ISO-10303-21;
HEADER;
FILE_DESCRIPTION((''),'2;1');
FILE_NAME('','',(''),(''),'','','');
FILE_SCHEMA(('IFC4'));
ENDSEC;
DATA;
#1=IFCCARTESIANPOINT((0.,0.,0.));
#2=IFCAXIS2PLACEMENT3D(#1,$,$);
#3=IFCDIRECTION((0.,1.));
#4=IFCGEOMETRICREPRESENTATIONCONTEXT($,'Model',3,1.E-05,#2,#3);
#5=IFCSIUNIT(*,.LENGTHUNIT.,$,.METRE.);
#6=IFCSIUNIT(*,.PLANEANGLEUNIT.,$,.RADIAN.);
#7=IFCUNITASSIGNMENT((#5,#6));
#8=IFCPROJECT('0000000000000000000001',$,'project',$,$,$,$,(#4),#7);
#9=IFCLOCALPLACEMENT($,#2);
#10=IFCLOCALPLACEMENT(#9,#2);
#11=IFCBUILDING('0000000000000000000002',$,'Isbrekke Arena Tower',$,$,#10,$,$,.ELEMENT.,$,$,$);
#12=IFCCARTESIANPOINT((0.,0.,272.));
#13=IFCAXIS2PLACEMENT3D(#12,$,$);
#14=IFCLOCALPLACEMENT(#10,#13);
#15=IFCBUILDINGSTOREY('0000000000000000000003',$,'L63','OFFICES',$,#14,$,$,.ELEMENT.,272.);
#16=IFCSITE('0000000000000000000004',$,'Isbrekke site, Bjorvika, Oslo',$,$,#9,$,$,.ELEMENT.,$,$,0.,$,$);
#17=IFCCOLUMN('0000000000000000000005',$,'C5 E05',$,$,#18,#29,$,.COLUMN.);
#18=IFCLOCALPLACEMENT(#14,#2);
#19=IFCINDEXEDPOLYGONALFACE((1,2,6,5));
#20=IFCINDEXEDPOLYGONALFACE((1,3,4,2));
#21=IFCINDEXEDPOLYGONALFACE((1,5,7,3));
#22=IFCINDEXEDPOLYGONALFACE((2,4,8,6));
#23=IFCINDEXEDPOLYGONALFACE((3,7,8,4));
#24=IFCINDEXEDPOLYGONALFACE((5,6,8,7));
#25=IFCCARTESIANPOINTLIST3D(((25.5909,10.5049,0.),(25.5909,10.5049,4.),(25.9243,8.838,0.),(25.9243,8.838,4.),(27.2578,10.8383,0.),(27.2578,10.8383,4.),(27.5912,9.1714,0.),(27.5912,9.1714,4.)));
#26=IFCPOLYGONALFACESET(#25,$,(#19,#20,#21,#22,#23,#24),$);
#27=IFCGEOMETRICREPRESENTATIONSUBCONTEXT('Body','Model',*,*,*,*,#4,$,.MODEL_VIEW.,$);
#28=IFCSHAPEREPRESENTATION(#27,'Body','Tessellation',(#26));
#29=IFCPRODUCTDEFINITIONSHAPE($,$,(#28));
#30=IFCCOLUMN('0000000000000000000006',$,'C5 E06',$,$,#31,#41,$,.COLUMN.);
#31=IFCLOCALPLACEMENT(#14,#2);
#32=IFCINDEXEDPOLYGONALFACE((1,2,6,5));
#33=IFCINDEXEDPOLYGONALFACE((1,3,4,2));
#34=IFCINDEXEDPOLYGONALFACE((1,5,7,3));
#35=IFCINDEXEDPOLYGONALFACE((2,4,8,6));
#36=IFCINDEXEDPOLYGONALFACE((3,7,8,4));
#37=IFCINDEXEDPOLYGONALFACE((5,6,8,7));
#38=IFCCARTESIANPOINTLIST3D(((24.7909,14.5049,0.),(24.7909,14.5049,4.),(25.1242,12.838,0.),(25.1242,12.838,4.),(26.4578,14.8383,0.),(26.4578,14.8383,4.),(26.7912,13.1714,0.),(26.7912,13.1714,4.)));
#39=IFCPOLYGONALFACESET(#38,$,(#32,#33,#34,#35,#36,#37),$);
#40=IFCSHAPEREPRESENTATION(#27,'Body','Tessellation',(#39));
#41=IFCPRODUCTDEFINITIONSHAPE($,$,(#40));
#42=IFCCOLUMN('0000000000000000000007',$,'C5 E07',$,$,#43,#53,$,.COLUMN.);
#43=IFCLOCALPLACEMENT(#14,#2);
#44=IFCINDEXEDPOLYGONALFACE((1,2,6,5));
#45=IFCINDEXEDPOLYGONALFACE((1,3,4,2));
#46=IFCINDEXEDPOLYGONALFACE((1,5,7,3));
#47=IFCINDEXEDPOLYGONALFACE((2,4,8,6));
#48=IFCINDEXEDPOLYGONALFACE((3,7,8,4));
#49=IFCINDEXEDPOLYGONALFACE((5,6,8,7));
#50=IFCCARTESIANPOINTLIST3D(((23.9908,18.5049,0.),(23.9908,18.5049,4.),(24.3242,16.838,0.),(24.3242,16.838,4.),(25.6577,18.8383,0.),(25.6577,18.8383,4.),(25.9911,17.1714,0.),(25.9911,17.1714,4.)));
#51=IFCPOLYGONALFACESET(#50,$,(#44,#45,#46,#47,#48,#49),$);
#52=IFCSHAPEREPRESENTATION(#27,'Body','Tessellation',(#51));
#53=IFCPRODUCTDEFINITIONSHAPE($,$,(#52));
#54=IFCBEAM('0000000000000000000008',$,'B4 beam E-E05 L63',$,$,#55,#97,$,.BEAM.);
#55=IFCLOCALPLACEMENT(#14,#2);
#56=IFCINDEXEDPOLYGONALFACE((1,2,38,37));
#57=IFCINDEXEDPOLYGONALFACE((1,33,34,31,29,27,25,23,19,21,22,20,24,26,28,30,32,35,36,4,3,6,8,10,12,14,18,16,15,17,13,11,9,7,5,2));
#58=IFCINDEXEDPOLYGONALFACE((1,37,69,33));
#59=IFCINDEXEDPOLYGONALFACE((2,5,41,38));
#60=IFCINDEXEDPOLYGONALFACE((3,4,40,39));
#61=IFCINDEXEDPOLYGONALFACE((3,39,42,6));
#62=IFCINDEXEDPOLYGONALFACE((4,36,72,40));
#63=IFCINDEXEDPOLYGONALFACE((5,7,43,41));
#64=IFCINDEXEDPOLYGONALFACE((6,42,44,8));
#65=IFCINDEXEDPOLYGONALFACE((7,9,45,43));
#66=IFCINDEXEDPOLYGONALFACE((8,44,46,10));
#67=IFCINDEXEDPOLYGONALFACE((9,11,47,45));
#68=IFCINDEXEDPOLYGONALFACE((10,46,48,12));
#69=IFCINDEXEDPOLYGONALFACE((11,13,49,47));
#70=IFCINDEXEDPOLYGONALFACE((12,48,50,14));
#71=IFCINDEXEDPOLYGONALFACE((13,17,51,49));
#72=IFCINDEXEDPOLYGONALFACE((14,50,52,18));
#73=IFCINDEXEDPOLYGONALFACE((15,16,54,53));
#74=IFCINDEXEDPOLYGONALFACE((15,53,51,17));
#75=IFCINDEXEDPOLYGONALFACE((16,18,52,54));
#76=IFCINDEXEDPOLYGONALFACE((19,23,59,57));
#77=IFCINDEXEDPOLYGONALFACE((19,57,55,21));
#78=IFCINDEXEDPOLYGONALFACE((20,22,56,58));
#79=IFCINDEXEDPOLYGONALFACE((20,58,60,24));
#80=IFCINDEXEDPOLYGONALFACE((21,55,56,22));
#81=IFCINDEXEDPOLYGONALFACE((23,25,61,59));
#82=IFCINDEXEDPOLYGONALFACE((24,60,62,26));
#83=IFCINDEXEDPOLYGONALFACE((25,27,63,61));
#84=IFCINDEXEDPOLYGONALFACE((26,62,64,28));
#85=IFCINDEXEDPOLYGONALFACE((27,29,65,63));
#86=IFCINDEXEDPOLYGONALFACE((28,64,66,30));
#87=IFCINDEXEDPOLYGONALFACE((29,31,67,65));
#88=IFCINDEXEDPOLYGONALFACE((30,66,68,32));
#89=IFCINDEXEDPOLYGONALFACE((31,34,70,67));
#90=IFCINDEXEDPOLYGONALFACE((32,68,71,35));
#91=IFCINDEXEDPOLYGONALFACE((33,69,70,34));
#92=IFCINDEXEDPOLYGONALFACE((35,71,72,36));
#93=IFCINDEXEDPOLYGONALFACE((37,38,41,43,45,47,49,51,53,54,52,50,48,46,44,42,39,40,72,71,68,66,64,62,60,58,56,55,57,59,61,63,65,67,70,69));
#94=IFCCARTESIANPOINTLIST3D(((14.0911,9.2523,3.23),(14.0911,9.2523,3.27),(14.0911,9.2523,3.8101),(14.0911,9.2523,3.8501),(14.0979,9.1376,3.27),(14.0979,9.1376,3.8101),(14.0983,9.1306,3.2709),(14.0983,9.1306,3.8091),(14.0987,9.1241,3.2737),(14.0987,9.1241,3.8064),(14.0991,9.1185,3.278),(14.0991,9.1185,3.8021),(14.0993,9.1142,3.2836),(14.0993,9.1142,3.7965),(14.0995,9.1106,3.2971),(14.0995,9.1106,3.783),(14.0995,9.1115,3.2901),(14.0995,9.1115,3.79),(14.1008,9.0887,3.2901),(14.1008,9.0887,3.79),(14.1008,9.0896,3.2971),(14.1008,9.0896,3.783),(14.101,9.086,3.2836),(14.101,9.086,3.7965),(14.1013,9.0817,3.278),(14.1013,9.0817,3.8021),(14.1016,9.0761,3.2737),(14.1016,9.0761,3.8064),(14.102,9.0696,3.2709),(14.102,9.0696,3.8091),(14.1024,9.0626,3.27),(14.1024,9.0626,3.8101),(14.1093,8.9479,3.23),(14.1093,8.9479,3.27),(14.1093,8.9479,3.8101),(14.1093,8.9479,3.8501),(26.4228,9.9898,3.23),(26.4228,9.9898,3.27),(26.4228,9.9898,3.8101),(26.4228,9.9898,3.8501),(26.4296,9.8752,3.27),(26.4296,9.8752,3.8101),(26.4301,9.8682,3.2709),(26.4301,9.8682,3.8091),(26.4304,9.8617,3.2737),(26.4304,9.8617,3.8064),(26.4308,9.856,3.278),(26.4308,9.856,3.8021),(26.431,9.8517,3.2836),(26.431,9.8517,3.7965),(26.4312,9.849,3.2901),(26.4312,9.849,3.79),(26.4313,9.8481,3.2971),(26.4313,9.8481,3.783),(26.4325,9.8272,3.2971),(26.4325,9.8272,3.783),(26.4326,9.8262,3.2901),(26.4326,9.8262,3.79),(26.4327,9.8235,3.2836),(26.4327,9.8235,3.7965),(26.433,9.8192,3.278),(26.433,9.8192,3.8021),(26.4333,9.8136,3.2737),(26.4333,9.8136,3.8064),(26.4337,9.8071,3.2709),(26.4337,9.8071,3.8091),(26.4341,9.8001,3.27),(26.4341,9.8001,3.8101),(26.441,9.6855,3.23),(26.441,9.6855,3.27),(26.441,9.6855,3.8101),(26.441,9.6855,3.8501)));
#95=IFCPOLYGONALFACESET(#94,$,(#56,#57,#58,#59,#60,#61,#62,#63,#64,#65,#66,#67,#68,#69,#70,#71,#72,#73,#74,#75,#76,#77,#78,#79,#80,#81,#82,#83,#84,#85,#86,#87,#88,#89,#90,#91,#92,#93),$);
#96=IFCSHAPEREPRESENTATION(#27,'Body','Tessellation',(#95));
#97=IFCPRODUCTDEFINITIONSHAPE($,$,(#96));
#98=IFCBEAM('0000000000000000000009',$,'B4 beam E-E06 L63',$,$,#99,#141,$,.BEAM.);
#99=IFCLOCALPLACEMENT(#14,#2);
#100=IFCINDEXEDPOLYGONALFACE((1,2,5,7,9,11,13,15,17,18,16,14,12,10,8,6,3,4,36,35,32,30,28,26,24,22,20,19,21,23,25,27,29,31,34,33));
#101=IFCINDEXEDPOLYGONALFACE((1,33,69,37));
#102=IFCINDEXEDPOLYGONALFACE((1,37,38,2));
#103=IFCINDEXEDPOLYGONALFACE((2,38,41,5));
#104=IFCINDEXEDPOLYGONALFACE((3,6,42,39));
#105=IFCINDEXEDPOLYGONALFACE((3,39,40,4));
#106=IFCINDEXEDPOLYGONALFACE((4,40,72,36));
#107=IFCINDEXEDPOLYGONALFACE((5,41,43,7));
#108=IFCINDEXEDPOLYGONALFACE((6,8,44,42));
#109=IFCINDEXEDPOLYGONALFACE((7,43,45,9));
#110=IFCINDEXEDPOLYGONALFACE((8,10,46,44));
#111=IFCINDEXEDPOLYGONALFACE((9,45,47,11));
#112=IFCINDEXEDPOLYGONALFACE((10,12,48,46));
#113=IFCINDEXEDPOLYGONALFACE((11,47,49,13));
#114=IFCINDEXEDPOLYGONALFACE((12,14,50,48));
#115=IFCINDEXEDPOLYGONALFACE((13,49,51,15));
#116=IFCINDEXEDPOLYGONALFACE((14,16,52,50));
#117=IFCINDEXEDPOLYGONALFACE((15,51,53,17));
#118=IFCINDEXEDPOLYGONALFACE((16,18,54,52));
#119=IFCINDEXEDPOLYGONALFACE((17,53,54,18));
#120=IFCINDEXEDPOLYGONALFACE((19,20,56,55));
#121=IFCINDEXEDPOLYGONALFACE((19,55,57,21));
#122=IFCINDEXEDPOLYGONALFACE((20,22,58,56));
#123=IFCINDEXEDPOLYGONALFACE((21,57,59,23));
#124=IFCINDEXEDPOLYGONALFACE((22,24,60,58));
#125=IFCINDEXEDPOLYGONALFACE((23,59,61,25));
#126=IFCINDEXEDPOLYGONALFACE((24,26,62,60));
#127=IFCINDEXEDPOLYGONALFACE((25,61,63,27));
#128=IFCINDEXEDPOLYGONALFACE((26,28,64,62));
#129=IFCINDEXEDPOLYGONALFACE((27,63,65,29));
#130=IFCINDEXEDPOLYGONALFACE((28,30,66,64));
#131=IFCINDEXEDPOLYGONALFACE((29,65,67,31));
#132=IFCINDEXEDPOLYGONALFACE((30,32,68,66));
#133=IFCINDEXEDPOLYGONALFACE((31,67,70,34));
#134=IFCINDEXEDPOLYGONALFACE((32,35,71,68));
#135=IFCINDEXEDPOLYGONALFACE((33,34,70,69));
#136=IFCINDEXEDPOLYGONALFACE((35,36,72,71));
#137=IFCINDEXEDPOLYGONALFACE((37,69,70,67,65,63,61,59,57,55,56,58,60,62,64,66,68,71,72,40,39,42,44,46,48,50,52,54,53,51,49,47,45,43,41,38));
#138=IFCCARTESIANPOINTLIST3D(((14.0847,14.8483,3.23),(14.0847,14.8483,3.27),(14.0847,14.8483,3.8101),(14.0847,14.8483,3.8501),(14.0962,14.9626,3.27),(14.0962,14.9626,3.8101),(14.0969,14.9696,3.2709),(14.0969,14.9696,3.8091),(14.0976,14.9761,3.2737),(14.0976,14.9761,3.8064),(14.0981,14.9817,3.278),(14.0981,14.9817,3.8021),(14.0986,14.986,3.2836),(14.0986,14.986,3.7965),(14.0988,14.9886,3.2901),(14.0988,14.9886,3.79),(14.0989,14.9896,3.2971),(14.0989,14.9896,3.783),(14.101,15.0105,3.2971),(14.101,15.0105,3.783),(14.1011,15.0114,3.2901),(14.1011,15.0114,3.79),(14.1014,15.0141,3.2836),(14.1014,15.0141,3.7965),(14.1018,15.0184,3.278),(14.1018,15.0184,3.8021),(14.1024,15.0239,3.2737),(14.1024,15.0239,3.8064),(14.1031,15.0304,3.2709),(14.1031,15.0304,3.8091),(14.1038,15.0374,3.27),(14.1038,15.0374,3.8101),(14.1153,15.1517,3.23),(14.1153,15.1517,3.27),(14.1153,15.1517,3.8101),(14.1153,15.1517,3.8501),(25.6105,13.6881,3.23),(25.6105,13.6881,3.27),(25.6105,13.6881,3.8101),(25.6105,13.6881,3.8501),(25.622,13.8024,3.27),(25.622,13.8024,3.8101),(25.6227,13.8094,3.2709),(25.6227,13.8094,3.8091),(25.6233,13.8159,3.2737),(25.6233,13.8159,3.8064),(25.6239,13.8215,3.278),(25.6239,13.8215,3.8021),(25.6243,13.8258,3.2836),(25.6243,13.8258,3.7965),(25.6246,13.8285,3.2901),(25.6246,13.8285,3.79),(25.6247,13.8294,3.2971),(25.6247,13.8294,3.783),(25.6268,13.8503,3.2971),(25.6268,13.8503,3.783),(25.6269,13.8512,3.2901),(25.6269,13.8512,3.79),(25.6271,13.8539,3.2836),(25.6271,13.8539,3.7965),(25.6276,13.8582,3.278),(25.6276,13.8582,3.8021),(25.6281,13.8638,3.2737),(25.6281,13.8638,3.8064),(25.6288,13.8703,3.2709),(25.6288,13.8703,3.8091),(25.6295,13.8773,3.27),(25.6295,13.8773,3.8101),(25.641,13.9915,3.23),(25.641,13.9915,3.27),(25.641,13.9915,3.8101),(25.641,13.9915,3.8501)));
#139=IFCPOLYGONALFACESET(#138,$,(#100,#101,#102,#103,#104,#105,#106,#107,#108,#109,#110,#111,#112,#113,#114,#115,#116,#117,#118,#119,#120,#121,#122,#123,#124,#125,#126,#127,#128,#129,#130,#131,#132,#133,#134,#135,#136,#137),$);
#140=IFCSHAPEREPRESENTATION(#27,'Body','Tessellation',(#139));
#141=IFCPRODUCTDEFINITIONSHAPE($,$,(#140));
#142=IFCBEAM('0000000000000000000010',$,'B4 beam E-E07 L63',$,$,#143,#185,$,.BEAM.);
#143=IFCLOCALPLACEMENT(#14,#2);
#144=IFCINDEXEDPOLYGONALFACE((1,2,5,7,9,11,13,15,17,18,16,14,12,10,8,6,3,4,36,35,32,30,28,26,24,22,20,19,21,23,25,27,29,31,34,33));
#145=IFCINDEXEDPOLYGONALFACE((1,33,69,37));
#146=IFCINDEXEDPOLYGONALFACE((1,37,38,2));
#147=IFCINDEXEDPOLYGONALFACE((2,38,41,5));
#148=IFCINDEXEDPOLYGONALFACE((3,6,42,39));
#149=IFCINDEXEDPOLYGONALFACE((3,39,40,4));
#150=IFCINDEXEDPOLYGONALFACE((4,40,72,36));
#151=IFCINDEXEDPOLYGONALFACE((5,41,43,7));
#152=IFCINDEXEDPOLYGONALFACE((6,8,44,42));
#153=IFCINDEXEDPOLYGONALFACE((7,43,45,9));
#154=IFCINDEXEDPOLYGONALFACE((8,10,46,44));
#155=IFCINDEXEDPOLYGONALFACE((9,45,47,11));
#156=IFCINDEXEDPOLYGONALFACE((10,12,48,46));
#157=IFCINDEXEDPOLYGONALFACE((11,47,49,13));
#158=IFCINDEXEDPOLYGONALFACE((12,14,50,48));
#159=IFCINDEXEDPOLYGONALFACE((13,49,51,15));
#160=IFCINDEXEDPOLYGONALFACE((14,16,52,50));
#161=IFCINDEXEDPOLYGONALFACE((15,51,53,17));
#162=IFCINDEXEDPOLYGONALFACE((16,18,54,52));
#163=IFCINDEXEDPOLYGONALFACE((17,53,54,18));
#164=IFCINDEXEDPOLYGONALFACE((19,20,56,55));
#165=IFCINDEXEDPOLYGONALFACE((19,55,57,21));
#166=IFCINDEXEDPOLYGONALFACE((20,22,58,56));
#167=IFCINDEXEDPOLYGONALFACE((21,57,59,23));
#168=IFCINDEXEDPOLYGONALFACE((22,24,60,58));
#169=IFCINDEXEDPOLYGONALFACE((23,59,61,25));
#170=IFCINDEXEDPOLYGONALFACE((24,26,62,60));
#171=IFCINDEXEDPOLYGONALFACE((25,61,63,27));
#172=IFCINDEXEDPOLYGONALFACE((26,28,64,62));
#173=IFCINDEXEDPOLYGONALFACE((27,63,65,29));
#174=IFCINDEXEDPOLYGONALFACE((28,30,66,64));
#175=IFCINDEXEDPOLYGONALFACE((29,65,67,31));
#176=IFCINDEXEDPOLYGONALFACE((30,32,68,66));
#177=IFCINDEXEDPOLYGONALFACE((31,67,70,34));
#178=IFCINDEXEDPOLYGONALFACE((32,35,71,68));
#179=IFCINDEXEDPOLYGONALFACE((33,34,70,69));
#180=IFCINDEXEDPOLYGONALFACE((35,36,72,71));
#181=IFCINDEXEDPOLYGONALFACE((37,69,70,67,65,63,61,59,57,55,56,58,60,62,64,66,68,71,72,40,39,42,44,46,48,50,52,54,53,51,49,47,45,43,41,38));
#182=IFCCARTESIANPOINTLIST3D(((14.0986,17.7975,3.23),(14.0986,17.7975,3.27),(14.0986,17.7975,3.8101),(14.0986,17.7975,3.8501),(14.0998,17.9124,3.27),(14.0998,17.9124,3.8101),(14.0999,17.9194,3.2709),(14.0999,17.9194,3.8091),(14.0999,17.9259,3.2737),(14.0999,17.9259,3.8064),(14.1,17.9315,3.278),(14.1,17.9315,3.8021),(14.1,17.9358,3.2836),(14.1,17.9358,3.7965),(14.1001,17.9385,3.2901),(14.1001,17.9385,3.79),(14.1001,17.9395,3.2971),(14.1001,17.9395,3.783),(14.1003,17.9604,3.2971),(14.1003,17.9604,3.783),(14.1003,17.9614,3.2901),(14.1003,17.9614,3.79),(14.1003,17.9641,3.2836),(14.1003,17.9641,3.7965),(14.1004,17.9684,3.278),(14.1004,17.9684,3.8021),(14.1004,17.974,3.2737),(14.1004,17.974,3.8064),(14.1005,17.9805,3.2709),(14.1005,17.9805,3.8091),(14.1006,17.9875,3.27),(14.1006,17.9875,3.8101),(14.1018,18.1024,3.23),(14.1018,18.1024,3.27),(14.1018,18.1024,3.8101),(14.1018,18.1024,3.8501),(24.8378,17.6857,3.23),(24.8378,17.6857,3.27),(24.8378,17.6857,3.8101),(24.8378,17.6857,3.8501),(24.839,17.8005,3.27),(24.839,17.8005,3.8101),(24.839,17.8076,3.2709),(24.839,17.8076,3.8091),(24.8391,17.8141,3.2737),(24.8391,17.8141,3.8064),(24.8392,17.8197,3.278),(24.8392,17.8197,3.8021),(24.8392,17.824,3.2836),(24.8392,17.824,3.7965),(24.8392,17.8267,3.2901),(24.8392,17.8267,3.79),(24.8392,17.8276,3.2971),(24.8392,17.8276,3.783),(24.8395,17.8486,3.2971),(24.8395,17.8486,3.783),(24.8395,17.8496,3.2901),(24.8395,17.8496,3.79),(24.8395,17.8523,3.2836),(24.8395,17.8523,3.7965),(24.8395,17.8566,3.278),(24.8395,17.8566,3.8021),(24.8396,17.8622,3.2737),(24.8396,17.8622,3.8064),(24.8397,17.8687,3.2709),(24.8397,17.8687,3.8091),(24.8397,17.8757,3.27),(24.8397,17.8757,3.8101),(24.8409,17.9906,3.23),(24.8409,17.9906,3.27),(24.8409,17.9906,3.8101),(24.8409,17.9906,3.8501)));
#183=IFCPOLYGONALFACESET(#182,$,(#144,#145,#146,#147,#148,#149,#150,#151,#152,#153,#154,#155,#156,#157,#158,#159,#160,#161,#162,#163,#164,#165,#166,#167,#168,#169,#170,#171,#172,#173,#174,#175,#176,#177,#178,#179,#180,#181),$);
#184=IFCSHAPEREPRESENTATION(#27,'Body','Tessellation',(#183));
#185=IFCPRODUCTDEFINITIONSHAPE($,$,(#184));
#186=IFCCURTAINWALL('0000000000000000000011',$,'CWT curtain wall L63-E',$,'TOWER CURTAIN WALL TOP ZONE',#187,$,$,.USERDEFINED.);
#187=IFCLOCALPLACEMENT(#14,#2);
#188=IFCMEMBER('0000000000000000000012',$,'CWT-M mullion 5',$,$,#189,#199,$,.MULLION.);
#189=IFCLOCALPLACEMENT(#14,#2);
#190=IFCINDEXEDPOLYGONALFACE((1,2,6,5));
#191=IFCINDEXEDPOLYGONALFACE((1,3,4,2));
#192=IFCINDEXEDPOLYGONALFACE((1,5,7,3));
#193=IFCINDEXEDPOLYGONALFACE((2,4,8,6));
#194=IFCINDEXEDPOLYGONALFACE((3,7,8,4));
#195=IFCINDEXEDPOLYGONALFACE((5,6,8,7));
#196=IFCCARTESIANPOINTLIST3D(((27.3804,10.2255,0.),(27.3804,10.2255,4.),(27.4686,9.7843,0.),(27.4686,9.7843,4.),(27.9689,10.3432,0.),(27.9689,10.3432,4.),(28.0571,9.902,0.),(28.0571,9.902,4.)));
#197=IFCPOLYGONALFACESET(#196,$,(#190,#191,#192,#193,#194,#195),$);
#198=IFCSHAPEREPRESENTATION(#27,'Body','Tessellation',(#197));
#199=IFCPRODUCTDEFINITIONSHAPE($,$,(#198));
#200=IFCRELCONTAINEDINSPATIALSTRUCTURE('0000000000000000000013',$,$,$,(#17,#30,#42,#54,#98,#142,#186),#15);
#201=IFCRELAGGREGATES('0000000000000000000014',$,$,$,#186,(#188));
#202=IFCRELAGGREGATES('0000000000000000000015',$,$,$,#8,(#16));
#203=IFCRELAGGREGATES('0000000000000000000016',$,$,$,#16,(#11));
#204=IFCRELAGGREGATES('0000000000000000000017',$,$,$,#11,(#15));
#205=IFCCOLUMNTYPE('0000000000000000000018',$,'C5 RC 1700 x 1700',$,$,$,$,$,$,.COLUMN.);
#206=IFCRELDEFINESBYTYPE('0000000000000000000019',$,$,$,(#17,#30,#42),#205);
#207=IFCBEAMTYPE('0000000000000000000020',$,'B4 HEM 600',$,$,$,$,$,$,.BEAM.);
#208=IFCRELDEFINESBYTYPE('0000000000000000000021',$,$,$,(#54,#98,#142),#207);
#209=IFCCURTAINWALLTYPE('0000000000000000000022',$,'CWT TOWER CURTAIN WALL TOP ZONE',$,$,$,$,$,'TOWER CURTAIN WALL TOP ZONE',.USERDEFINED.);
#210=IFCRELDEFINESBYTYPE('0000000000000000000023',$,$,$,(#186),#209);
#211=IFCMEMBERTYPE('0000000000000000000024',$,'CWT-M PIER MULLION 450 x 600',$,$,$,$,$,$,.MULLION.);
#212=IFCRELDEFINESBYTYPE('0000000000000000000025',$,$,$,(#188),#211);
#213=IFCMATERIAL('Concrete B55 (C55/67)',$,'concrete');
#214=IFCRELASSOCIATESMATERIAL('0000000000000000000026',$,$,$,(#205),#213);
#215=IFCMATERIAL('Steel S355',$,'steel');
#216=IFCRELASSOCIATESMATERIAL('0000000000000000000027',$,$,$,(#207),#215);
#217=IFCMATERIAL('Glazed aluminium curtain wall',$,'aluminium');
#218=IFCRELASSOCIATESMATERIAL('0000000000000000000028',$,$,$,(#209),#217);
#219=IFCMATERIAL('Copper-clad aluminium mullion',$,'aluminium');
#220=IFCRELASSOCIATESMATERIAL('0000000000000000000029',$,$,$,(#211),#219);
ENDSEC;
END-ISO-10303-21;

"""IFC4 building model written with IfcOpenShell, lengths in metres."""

from ifc_helpers import new_model, si_unit, direction, frame, origin, origin_2d, place, context, subcontext, project, spatial, rectangle, i_section, extrude, material, material_profile, profile_set, type_object, element, aggregate, save


model = new_model("IFC4")

# Units and contexts
model_context = context("Model", 3, precision=1e-05, world=origin(), true_north=direction((0.0, 1.0)))
body_context = subcontext(model_context, "Body", "Model", "MODEL_VIEW")
ifc_project = project(units=[si_unit("LENGTHUNIT", "METRE"), si_unit("PLANEANGLEUNIT", "RADIAN")], contexts=[model_context])

# Site, building, storey
site_placement = place(None, origin())
site = spatial("IfcSite", under=ifc_project, at=site_placement, Name="Isbrekke site, Bjorvika, Oslo", CompositionType="ELEMENT", RefElevation=0.0)
building_placement = place(site_placement, origin())
building = spatial("IfcBuilding", under=site, at=building_placement, Name="Isbrekke Arena Tower", CompositionType="ELEMENT")
storey_placement = place(building_placement, frame((0.0, 0.0, 272.0)))
storey = spatial("IfcBuildingStorey", under=building, at=storey_placement, Name="L63", Description="OFFICES", CompositionType="ELEMENT", Elevation=272.0)

# Columns
ifc_material_1 = material(Name="Concrete B55 (C55/67)", Category="concrete")
ifc_material_profile_1 = material_profile(ifc_material_1, rectangle(XDim=1.7, YDim=1.7, at=origin_2d()), Name="RC 1700x1700")
ifc_profile_set_1 = profile_set([ifc_material_profile_1], Name="Concrete B55 (C55/67)")
column_type = type_object("IfcColumnType", Name="C5 RC 1700 x 1700", PredefinedType="COLUMN", material=ifc_profile_set_1)
for number, where, z_axis, x_axis, name in (
    (1, (26.5911, 9.8381, 0.0), (0.0, 0.0, 1.0), (-0.196116, 0.980581, 0.0), "C5 E05"),
    (2, (25.791, 13.8381, 0.0), (0.0, 0.0, 1.0), (-0.196116, 0.980581, 0.0), "C5 E06"),
    (3, (24.991, 17.8381, 0.0), (0.0, 0.0, 1.0), (-0.196116, 0.980581, 0.0), "C5 E07"),
):
    element("IfcColumn", number, at=place(storey_placement, frame(where, z_axis=z_axis, x_axis=x_axis)), inside=storey, type_object=column_type, Name=name, PredefinedType="COLUMN", context=body_context, shape_type="SweptSolid", body=[
        extrude(rectangle(XDim=1.7, YDim=1.7, at=origin_2d()), origin(), (0.0, 0.0, 1.0), 4.0),
    ])

# Beams
ifc_material_2 = material(Name="Steel S355", Category="steel")
ifc_material_profile_2 = material_profile(ifc_material_2, i_section(OverallWidth=0.3049, OverallDepth=0.6201, WebThickness=0.021, FlangeThickness=0.04, FilletRadius=0.0271, at=origin_2d()), Name="HEM 600")
ifc_profile_set_2 = profile_set([ifc_material_profile_2], Name="Steel S355")
beam_type_1 = type_object("IfcBeamType", Name="B4 HEM 600", PredefinedType="BEAM", material=ifc_profile_set_2)
beam_1_placement = place(storey_placement, frame((26.4319, 9.8376, 3.54), z_axis=(-0.998216, -0.059702, 0.0), x_axis=(0.059702, -0.998216, 0.0)))
element("IfcBeam", 4, at=beam_1_placement, inside=storey, type_object=beam_type_1, Name="B4 beam E-E05 L63", PredefinedType="BEAM", context=body_context, shape_type="SweptSolid", body=[
    extrude(i_section(OverallWidth=0.3049, OverallDepth=0.6201, WebThickness=0.021, FlangeThickness=0.04, FilletRadius=0.0271, at=origin_2d()), origin(), (0.0, 0.0, 1.0), 12.3538),
])
beam_2_placement = place(storey_placement, frame((25.6257, 13.8398, 3.54), z_axis=(-0.994972, 0.100153, 0.0), x_axis=(-0.100153, -0.994972, 0.0)))
element("IfcBeam", 5, at=beam_2_placement, inside=storey, type_object=beam_type_1, Name="B4 beam E-E06 L63", PredefinedType="BEAM", context=body_context, shape_type="SweptSolid", body=[
    extrude(i_section(OverallWidth=0.3049, OverallDepth=0.6201, WebThickness=0.021, FlangeThickness=0.04, FilletRadius=0.0271, at=origin_2d()), origin(), (0.0, 0.0, 1.0), 11.584),
])
beam_3_placement = place(storey_placement, frame((24.8394, 17.8381, 3.54), z_axis=(-0.999946, 0.010411, 0.0), x_axis=(-0.010411, -0.999946, 0.0)))
element("IfcBeam", 6, at=beam_3_placement, inside=storey, type_object=beam_type_1, Name="B4 beam E-E07 L63", PredefinedType="BEAM", context=body_context, shape_type="SweptSolid", body=[
    extrude(i_section(OverallWidth=0.3049, OverallDepth=0.6201, WebThickness=0.021, FlangeThickness=0.04, FilletRadius=0.0271, at=origin_2d()), origin(), (0.0, 0.0, 1.0), 10.7397),
])

# Curtain wall, member
ifc_material_3 = material(Name="Glazed aluminium curtain wall", Category="aluminium")
curtain_wall_type = type_object("IfcCurtainWallType", Name="CWT TOWER CURTAIN WALL TOP ZONE", ElementType="TOWER CURTAIN WALL TOP ZONE", PredefinedType="USERDEFINED", material=ifc_material_3)
curtain_wall_placement = place(storey_placement, origin())
curtain_wall = element("IfcCurtainWall", 7, at=curtain_wall_placement, inside=storey, type_object=curtain_wall_type, Name="CWT curtain wall L63-E", ObjectType="TOWER CURTAIN WALL TOP ZONE", PredefinedType="USERDEFINED")
ifc_material_4 = material(Name="Copper-clad aluminium mullion", Category="aluminium")
ifc_material_profile_3 = material_profile(ifc_material_4, rectangle(XDim=0.45, YDim=0.6001, at=origin_2d()), Name="PIER 450X600")
ifc_profile_set_3 = profile_set([ifc_material_profile_3], Name="Copper-clad aluminium mullion")
member_type_1 = type_object("IfcMemberType", Name="CWT-M PIER MULLION 450 x 600", PredefinedType="MULLION", material=ifc_profile_set_3)
member_1_placement = place(storey_placement, frame((27.7188, 10.0637, 0.0), z_axis=(0.0, 0.0, 1.0), x_axis=(-0.196116, 0.980581, 0.0)))
member_1 = element("IfcMember", 8, at=member_1_placement, type_object=member_type_1, Name="CWT-M mullion 5", PredefinedType="MULLION", context=body_context, shape_type="SweptSolid", body=[
    extrude(rectangle(XDim=0.45, YDim=0.6001, at=origin_2d()), origin(), (0.0, 0.0, 1.0), 4.0),
])

aggregate(curtain_wall, [member_1])

save(model, "model.ifc")
